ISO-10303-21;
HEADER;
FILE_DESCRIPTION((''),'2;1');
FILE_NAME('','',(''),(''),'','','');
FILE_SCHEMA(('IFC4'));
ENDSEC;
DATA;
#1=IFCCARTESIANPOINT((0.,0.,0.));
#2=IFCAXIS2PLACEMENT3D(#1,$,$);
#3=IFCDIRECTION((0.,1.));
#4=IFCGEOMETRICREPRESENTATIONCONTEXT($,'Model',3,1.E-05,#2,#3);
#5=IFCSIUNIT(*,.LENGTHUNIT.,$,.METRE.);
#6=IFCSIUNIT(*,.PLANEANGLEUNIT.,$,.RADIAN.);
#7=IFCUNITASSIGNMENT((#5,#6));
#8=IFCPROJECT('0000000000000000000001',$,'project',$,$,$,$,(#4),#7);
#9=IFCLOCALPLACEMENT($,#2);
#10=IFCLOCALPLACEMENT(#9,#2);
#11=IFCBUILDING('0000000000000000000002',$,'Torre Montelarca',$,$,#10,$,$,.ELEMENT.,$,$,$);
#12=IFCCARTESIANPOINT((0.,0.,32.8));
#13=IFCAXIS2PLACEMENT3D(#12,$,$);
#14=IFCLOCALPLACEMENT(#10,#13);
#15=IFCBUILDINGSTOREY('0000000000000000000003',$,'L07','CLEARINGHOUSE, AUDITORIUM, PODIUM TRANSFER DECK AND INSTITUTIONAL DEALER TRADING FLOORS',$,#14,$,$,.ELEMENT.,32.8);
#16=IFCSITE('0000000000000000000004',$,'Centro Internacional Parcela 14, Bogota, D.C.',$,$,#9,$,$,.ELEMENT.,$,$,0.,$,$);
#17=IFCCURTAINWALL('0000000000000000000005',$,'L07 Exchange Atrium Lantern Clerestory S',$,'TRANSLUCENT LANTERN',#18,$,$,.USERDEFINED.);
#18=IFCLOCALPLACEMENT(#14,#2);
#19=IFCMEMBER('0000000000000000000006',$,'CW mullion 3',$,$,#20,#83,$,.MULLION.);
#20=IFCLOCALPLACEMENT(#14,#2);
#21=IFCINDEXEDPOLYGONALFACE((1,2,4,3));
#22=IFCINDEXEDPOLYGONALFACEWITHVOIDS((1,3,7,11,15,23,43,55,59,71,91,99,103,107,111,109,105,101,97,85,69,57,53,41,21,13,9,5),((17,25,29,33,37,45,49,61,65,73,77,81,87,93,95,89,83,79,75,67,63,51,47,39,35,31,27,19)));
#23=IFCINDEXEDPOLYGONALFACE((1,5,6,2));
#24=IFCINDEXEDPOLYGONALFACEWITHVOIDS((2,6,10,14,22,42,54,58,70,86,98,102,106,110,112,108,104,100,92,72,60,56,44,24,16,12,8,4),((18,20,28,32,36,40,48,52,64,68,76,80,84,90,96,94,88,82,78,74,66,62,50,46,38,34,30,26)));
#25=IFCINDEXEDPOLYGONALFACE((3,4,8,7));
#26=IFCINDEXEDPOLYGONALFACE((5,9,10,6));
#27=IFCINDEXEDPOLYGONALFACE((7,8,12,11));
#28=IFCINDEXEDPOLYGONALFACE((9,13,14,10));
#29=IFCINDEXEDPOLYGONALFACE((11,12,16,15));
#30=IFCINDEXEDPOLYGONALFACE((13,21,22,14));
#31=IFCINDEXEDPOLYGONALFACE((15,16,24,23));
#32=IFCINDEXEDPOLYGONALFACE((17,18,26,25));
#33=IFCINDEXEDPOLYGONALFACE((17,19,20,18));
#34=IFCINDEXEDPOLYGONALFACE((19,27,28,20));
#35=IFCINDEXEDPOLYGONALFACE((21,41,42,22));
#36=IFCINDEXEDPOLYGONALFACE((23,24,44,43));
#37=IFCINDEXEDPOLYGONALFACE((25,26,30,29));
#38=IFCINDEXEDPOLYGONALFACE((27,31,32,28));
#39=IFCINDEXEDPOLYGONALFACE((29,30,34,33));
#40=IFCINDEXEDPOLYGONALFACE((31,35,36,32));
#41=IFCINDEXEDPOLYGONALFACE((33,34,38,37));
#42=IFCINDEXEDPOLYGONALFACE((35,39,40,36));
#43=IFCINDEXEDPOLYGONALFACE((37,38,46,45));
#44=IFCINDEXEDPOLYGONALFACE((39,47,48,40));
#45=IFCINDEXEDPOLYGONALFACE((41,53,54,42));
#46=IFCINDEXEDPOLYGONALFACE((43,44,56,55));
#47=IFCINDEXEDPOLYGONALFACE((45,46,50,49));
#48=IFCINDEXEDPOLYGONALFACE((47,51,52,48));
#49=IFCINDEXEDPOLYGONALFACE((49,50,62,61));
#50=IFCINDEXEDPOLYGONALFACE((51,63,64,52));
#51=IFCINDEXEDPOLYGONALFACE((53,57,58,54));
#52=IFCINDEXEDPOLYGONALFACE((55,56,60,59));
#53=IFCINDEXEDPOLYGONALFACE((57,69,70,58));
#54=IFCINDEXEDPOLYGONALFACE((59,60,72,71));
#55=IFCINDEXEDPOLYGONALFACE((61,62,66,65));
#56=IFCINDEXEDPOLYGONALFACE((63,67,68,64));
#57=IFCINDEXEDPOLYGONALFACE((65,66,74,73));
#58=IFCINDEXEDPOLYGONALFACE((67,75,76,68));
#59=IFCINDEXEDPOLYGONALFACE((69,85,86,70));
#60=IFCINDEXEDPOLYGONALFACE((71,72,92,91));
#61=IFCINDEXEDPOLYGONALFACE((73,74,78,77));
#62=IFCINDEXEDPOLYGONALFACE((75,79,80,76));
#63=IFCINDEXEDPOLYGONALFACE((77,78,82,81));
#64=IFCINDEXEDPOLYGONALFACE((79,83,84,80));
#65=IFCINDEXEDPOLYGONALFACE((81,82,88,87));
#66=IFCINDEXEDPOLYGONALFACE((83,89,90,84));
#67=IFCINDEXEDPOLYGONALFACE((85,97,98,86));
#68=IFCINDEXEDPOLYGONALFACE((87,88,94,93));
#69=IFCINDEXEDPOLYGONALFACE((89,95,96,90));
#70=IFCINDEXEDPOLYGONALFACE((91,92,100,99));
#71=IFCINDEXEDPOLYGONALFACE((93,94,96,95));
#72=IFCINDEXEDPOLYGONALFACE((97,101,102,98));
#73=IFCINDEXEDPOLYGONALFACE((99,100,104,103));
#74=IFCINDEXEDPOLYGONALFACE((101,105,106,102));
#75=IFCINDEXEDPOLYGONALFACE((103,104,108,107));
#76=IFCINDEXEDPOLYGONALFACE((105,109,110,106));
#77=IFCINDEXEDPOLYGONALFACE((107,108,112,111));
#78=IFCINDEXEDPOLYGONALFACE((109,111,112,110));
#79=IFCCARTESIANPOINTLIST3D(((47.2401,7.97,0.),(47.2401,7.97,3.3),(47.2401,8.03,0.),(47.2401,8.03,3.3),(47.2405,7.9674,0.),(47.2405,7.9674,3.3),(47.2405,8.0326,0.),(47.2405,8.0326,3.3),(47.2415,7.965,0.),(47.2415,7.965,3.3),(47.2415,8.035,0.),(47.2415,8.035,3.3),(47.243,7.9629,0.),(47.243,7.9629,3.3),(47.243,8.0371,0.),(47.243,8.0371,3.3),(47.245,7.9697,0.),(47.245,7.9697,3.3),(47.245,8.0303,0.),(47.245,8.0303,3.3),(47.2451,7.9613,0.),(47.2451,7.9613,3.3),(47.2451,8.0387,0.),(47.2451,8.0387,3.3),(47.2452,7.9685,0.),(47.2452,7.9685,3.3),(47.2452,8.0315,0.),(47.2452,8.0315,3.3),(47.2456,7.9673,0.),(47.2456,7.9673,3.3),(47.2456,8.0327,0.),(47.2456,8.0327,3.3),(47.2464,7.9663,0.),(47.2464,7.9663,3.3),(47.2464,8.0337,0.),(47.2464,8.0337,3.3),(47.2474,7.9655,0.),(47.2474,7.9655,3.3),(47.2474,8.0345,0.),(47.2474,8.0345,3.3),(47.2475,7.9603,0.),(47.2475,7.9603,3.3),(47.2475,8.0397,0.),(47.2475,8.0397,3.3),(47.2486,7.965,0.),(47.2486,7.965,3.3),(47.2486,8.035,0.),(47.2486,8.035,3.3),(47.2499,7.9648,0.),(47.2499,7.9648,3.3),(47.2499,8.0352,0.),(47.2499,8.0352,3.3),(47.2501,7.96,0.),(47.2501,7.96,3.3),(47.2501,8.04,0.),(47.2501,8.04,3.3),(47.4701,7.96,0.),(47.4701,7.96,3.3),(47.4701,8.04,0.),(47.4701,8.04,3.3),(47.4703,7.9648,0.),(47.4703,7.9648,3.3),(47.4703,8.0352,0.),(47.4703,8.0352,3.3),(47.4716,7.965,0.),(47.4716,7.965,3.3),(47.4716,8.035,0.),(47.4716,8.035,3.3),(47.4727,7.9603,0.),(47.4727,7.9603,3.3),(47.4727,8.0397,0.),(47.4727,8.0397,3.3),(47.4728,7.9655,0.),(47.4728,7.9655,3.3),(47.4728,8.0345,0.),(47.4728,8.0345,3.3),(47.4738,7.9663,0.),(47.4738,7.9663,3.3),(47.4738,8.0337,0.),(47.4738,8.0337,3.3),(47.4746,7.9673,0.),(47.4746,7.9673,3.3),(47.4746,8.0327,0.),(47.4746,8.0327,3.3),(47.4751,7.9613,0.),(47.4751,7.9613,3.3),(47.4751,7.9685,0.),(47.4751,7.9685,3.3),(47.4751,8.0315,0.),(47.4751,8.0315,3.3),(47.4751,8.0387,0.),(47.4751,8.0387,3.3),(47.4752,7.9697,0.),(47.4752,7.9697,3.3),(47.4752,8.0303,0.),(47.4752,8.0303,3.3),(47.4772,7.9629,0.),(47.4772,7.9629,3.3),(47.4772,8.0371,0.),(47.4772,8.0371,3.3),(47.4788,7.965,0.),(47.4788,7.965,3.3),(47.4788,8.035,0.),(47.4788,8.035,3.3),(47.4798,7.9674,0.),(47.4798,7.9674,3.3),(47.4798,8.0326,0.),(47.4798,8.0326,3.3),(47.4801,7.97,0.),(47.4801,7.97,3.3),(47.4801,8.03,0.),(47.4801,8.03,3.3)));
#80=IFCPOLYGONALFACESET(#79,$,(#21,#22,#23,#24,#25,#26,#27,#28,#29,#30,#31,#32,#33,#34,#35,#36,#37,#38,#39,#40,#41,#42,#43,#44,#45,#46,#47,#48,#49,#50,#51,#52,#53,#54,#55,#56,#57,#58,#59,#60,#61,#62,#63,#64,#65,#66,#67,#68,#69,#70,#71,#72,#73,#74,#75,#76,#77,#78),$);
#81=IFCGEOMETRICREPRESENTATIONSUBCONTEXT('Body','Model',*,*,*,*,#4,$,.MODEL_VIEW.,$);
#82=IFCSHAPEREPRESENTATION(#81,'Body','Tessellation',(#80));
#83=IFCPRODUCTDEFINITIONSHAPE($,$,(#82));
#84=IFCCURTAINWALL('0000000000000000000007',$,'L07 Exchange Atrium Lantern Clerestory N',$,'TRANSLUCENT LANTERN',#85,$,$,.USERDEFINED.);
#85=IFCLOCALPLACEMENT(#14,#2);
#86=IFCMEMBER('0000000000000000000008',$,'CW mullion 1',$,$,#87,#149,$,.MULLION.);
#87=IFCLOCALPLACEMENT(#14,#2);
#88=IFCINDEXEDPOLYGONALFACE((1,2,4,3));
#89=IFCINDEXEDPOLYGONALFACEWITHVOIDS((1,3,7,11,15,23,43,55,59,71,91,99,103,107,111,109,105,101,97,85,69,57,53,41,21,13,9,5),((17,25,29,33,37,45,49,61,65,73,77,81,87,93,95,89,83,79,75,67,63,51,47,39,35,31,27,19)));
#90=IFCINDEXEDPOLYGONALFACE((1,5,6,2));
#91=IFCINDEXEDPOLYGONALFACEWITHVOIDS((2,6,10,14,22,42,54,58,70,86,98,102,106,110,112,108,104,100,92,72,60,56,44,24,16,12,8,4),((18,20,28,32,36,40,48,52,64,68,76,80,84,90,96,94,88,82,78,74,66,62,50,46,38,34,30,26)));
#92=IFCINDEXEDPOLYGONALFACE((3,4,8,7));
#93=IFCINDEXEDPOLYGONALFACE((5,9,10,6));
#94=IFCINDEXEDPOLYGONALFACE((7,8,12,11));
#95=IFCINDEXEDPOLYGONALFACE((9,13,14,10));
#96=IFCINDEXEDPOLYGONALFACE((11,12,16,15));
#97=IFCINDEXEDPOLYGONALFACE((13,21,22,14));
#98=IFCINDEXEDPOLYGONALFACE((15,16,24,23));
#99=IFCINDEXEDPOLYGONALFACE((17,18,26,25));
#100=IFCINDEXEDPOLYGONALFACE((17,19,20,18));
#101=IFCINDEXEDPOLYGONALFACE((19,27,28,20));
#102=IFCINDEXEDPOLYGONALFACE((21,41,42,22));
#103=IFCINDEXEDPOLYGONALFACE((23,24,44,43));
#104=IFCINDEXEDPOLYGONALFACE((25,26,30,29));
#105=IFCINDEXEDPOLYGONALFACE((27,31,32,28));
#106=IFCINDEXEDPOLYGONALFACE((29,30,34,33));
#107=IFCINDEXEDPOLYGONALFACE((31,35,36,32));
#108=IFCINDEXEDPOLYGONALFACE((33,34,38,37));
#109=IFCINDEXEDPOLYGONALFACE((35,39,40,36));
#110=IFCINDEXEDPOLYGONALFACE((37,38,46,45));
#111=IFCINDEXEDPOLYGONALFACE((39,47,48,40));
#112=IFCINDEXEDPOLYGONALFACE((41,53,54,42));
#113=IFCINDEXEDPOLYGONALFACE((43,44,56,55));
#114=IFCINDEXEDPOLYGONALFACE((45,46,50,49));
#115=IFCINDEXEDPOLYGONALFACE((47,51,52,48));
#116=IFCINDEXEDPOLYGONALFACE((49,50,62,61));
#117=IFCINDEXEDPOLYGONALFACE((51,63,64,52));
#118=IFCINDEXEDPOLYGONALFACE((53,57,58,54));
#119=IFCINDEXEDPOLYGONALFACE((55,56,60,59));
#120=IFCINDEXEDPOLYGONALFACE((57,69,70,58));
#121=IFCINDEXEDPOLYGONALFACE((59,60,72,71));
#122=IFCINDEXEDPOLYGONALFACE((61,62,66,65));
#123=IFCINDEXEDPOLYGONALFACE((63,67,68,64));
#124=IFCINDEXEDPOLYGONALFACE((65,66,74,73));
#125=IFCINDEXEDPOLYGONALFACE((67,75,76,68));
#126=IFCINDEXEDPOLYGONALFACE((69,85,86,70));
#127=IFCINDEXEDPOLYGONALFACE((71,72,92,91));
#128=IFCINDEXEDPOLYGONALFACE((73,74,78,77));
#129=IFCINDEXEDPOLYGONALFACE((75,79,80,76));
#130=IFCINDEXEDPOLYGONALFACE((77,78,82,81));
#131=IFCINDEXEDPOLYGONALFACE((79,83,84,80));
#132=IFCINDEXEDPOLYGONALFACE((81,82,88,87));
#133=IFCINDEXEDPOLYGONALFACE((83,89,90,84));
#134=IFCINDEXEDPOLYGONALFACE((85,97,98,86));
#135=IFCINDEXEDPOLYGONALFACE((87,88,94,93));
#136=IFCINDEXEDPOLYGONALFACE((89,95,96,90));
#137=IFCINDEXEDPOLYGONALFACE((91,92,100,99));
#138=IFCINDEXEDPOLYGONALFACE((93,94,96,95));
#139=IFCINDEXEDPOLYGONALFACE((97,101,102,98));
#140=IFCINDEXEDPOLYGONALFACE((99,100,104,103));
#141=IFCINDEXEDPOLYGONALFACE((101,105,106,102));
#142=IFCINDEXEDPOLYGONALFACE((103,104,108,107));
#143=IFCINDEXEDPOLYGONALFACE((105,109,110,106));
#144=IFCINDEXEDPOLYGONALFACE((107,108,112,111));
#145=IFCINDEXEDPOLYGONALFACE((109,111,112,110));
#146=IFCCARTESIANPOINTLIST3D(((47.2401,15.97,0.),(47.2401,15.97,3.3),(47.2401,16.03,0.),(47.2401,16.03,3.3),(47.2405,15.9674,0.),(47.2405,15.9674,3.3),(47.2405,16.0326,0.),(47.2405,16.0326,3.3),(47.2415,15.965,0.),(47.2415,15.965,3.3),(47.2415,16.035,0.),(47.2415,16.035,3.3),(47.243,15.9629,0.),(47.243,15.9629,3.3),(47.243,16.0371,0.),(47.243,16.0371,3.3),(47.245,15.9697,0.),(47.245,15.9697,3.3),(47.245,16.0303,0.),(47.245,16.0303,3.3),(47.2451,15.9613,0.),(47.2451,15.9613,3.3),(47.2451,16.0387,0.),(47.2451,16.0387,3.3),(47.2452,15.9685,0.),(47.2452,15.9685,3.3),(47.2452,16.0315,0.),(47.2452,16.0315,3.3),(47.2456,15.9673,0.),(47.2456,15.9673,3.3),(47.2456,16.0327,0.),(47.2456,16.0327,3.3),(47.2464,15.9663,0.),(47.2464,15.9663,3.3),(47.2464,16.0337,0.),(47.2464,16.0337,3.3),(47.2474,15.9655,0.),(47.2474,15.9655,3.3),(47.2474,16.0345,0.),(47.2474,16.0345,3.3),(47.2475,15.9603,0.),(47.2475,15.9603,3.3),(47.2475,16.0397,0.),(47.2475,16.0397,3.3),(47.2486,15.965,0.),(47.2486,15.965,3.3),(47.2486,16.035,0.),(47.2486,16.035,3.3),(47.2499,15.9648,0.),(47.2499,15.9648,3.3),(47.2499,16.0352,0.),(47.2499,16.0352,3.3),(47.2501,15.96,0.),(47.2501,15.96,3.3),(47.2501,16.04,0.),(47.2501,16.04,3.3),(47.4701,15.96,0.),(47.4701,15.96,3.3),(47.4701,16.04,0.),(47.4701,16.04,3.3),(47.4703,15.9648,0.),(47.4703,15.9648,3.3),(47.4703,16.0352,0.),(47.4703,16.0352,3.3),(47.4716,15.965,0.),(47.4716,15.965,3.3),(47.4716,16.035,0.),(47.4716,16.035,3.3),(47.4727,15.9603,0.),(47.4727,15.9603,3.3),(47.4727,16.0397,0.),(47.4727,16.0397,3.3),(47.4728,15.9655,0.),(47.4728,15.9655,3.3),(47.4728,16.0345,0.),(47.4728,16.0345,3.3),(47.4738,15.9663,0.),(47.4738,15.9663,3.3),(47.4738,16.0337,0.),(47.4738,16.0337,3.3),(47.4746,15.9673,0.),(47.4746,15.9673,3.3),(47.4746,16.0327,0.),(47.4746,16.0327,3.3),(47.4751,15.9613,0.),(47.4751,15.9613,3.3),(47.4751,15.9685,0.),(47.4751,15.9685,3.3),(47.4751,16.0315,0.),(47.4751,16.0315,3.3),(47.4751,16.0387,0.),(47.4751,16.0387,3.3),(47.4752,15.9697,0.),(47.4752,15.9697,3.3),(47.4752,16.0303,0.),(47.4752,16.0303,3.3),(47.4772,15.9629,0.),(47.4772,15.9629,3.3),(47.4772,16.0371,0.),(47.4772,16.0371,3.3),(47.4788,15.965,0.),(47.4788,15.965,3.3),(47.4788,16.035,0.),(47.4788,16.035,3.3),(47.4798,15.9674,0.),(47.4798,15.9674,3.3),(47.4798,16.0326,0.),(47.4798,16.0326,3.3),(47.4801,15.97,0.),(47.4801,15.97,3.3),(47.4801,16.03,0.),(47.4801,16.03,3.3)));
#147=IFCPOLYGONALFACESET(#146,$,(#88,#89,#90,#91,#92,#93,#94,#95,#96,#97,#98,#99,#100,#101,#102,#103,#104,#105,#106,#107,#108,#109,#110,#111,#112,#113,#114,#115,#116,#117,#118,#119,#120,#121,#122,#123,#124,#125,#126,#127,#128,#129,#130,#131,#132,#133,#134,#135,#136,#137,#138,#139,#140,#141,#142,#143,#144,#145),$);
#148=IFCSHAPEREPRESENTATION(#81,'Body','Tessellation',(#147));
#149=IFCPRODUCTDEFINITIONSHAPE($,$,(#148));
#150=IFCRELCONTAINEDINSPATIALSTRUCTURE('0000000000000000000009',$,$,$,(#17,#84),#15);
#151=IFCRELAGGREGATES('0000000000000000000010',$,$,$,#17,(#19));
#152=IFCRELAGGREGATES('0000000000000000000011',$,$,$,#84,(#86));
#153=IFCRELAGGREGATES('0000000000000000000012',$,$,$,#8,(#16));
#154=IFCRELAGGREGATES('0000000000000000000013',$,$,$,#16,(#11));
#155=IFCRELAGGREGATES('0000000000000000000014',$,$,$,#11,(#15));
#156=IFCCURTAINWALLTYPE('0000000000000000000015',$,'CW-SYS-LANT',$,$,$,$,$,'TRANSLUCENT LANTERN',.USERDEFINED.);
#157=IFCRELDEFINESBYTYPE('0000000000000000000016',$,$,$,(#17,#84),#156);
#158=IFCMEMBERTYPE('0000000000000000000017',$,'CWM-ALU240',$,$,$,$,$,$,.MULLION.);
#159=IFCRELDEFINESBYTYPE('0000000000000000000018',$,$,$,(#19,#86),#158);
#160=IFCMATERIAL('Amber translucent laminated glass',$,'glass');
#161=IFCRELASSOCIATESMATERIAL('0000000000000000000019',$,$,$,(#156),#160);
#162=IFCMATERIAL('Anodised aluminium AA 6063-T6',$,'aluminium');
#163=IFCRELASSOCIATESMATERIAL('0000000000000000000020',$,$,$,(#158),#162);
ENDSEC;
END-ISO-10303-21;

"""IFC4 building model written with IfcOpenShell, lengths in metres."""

from ifc_helpers import new_model, si_unit, direction, frame, origin, origin_2d, place, context, subcontext, project, spatial, hollow_rectangle, extrude, source, transform, mapped, material, material_profile, profile_set, type_object, element, aggregate, save


model = new_model("IFC4")

# Units and contexts
model_context = context("Model", 3, precision=1e-05, world=origin(), true_north=direction((0.0, 1.0)))
body_context = subcontext(model_context, "Body", "Model", "MODEL_VIEW")
ifc_project = project(units=[si_unit("LENGTHUNIT", "METRE"), si_unit("PLANEANGLEUNIT", "RADIAN")], contexts=[model_context])

# Site, building, storey
site_placement = place(None, origin())
site = spatial("IfcSite", under=ifc_project, at=site_placement, Name="Centro Internacional Parcela 14, Bogota, D.C.", CompositionType="ELEMENT", RefElevation=0.0)
building_placement = place(site_placement, origin())
building = spatial("IfcBuilding", under=site, at=building_placement, Name="Torre Montelarca", CompositionType="ELEMENT")
storey_placement = place(building_placement, frame((0.0, 0.0, 32.8)))
storey = spatial("IfcBuildingStorey", under=building, at=storey_placement, Name="L07", Description="CLEARINGHOUSE, AUDITORIUM, PODIUM TRANSFER DECK AND INSTITUTIONAL DEALER TRADING FLOORS", CompositionType="ELEMENT", Elevation=32.8)

# Curtain walls, members
ifc_material_1 = material(Name="Amber translucent laminated glass", Category="glass")
curtain_wall_type = type_object("IfcCurtainWallType", Name="CW-SYS-LANT", ElementType="TRANSLUCENT LANTERN", PredefinedType="USERDEFINED", material=ifc_material_1)
curtain_wall_1_placement = place(storey_placement, origin())
curtain_wall_1 = element("IfcCurtainWall", 1, at=curtain_wall_1_placement, inside=storey, type_object=curtain_wall_type, Name="L07 Exchange Atrium Lantern Clerestory S", ObjectType="TRANSLUCENT LANTERN", PredefinedType="USERDEFINED")
ifc_material_2 = material(Name="Anodised aluminium AA 6063-T6", Category="aluminium")
ifc_material_profile_1 = material_profile(ifc_material_2, hollow_rectangle(XDim=0.0801, YDim=0.24, WallThickness=0.0049, InnerFilletRadius=0.0049, OuterFilletRadius=0.01, at=origin_2d()), Name="ALU80X240X5", Category="aluminium")
ifc_profile_set_1 = profile_set([ifc_material_profile_1], Name="Anodised aluminium AA 6063-T6")
member_type_1 = type_object("IfcMemberType", Name="CWM-ALU240", PredefinedType="MULLION", material=ifc_profile_set_1)
shared_shape_1 = source(origin(), body_context, "Body", "SweptSolid", [
    extrude(hollow_rectangle(XDim=0.0801, YDim=0.24, WallThickness=0.0049, InnerFilletRadius=0.0049, OuterFilletRadius=0.01, at=origin_2d()), origin(), (0.0, 0.0, 1.0), 3.3),
])
member_1_placement = place(storey_placement, frame((47.3601, 8.0, 0.0), z_axis=(0.0, 0.0, 1.0), x_axis=(0.0, 1.0, 0.0)))
member_1 = element("IfcMember", 2, at=member_1_placement, type_object=member_type_1, Name="CW mullion 3", PredefinedType="MULLION", context=body_context, shape_type="MappedRepresentation", body=[
    mapped(shared_shape_1, transform((0.0, 0.0, 0.0), scale=1.0)),
])
curtain_wall_2_placement = place(storey_placement, origin())
curtain_wall_2 = element("IfcCurtainWall", 3, at=curtain_wall_2_placement, inside=storey, type_object=curtain_wall_type, Name="L07 Exchange Atrium Lantern Clerestory N", ObjectType="TRANSLUCENT LANTERN", PredefinedType="USERDEFINED")
member_2_placement = place(storey_placement, frame((47.3601, 16.0, 0.0), z_axis=(0.0, 0.0, 1.0), x_axis=(0.0, -1.0, 0.0)))
member_2 = element("IfcMember", 4, at=member_2_placement, type_object=member_type_1, Name="CW mullion 1", PredefinedType="MULLION", context=body_context, shape_type="MappedRepresentation", body=[
    mapped(shared_shape_1, transform((0.0, 0.0, 0.0), scale=1.0)),
])

aggregate(curtain_wall_1, [member_1])
aggregate(curtain_wall_2, [member_2])

save(model, "model.ifc")
